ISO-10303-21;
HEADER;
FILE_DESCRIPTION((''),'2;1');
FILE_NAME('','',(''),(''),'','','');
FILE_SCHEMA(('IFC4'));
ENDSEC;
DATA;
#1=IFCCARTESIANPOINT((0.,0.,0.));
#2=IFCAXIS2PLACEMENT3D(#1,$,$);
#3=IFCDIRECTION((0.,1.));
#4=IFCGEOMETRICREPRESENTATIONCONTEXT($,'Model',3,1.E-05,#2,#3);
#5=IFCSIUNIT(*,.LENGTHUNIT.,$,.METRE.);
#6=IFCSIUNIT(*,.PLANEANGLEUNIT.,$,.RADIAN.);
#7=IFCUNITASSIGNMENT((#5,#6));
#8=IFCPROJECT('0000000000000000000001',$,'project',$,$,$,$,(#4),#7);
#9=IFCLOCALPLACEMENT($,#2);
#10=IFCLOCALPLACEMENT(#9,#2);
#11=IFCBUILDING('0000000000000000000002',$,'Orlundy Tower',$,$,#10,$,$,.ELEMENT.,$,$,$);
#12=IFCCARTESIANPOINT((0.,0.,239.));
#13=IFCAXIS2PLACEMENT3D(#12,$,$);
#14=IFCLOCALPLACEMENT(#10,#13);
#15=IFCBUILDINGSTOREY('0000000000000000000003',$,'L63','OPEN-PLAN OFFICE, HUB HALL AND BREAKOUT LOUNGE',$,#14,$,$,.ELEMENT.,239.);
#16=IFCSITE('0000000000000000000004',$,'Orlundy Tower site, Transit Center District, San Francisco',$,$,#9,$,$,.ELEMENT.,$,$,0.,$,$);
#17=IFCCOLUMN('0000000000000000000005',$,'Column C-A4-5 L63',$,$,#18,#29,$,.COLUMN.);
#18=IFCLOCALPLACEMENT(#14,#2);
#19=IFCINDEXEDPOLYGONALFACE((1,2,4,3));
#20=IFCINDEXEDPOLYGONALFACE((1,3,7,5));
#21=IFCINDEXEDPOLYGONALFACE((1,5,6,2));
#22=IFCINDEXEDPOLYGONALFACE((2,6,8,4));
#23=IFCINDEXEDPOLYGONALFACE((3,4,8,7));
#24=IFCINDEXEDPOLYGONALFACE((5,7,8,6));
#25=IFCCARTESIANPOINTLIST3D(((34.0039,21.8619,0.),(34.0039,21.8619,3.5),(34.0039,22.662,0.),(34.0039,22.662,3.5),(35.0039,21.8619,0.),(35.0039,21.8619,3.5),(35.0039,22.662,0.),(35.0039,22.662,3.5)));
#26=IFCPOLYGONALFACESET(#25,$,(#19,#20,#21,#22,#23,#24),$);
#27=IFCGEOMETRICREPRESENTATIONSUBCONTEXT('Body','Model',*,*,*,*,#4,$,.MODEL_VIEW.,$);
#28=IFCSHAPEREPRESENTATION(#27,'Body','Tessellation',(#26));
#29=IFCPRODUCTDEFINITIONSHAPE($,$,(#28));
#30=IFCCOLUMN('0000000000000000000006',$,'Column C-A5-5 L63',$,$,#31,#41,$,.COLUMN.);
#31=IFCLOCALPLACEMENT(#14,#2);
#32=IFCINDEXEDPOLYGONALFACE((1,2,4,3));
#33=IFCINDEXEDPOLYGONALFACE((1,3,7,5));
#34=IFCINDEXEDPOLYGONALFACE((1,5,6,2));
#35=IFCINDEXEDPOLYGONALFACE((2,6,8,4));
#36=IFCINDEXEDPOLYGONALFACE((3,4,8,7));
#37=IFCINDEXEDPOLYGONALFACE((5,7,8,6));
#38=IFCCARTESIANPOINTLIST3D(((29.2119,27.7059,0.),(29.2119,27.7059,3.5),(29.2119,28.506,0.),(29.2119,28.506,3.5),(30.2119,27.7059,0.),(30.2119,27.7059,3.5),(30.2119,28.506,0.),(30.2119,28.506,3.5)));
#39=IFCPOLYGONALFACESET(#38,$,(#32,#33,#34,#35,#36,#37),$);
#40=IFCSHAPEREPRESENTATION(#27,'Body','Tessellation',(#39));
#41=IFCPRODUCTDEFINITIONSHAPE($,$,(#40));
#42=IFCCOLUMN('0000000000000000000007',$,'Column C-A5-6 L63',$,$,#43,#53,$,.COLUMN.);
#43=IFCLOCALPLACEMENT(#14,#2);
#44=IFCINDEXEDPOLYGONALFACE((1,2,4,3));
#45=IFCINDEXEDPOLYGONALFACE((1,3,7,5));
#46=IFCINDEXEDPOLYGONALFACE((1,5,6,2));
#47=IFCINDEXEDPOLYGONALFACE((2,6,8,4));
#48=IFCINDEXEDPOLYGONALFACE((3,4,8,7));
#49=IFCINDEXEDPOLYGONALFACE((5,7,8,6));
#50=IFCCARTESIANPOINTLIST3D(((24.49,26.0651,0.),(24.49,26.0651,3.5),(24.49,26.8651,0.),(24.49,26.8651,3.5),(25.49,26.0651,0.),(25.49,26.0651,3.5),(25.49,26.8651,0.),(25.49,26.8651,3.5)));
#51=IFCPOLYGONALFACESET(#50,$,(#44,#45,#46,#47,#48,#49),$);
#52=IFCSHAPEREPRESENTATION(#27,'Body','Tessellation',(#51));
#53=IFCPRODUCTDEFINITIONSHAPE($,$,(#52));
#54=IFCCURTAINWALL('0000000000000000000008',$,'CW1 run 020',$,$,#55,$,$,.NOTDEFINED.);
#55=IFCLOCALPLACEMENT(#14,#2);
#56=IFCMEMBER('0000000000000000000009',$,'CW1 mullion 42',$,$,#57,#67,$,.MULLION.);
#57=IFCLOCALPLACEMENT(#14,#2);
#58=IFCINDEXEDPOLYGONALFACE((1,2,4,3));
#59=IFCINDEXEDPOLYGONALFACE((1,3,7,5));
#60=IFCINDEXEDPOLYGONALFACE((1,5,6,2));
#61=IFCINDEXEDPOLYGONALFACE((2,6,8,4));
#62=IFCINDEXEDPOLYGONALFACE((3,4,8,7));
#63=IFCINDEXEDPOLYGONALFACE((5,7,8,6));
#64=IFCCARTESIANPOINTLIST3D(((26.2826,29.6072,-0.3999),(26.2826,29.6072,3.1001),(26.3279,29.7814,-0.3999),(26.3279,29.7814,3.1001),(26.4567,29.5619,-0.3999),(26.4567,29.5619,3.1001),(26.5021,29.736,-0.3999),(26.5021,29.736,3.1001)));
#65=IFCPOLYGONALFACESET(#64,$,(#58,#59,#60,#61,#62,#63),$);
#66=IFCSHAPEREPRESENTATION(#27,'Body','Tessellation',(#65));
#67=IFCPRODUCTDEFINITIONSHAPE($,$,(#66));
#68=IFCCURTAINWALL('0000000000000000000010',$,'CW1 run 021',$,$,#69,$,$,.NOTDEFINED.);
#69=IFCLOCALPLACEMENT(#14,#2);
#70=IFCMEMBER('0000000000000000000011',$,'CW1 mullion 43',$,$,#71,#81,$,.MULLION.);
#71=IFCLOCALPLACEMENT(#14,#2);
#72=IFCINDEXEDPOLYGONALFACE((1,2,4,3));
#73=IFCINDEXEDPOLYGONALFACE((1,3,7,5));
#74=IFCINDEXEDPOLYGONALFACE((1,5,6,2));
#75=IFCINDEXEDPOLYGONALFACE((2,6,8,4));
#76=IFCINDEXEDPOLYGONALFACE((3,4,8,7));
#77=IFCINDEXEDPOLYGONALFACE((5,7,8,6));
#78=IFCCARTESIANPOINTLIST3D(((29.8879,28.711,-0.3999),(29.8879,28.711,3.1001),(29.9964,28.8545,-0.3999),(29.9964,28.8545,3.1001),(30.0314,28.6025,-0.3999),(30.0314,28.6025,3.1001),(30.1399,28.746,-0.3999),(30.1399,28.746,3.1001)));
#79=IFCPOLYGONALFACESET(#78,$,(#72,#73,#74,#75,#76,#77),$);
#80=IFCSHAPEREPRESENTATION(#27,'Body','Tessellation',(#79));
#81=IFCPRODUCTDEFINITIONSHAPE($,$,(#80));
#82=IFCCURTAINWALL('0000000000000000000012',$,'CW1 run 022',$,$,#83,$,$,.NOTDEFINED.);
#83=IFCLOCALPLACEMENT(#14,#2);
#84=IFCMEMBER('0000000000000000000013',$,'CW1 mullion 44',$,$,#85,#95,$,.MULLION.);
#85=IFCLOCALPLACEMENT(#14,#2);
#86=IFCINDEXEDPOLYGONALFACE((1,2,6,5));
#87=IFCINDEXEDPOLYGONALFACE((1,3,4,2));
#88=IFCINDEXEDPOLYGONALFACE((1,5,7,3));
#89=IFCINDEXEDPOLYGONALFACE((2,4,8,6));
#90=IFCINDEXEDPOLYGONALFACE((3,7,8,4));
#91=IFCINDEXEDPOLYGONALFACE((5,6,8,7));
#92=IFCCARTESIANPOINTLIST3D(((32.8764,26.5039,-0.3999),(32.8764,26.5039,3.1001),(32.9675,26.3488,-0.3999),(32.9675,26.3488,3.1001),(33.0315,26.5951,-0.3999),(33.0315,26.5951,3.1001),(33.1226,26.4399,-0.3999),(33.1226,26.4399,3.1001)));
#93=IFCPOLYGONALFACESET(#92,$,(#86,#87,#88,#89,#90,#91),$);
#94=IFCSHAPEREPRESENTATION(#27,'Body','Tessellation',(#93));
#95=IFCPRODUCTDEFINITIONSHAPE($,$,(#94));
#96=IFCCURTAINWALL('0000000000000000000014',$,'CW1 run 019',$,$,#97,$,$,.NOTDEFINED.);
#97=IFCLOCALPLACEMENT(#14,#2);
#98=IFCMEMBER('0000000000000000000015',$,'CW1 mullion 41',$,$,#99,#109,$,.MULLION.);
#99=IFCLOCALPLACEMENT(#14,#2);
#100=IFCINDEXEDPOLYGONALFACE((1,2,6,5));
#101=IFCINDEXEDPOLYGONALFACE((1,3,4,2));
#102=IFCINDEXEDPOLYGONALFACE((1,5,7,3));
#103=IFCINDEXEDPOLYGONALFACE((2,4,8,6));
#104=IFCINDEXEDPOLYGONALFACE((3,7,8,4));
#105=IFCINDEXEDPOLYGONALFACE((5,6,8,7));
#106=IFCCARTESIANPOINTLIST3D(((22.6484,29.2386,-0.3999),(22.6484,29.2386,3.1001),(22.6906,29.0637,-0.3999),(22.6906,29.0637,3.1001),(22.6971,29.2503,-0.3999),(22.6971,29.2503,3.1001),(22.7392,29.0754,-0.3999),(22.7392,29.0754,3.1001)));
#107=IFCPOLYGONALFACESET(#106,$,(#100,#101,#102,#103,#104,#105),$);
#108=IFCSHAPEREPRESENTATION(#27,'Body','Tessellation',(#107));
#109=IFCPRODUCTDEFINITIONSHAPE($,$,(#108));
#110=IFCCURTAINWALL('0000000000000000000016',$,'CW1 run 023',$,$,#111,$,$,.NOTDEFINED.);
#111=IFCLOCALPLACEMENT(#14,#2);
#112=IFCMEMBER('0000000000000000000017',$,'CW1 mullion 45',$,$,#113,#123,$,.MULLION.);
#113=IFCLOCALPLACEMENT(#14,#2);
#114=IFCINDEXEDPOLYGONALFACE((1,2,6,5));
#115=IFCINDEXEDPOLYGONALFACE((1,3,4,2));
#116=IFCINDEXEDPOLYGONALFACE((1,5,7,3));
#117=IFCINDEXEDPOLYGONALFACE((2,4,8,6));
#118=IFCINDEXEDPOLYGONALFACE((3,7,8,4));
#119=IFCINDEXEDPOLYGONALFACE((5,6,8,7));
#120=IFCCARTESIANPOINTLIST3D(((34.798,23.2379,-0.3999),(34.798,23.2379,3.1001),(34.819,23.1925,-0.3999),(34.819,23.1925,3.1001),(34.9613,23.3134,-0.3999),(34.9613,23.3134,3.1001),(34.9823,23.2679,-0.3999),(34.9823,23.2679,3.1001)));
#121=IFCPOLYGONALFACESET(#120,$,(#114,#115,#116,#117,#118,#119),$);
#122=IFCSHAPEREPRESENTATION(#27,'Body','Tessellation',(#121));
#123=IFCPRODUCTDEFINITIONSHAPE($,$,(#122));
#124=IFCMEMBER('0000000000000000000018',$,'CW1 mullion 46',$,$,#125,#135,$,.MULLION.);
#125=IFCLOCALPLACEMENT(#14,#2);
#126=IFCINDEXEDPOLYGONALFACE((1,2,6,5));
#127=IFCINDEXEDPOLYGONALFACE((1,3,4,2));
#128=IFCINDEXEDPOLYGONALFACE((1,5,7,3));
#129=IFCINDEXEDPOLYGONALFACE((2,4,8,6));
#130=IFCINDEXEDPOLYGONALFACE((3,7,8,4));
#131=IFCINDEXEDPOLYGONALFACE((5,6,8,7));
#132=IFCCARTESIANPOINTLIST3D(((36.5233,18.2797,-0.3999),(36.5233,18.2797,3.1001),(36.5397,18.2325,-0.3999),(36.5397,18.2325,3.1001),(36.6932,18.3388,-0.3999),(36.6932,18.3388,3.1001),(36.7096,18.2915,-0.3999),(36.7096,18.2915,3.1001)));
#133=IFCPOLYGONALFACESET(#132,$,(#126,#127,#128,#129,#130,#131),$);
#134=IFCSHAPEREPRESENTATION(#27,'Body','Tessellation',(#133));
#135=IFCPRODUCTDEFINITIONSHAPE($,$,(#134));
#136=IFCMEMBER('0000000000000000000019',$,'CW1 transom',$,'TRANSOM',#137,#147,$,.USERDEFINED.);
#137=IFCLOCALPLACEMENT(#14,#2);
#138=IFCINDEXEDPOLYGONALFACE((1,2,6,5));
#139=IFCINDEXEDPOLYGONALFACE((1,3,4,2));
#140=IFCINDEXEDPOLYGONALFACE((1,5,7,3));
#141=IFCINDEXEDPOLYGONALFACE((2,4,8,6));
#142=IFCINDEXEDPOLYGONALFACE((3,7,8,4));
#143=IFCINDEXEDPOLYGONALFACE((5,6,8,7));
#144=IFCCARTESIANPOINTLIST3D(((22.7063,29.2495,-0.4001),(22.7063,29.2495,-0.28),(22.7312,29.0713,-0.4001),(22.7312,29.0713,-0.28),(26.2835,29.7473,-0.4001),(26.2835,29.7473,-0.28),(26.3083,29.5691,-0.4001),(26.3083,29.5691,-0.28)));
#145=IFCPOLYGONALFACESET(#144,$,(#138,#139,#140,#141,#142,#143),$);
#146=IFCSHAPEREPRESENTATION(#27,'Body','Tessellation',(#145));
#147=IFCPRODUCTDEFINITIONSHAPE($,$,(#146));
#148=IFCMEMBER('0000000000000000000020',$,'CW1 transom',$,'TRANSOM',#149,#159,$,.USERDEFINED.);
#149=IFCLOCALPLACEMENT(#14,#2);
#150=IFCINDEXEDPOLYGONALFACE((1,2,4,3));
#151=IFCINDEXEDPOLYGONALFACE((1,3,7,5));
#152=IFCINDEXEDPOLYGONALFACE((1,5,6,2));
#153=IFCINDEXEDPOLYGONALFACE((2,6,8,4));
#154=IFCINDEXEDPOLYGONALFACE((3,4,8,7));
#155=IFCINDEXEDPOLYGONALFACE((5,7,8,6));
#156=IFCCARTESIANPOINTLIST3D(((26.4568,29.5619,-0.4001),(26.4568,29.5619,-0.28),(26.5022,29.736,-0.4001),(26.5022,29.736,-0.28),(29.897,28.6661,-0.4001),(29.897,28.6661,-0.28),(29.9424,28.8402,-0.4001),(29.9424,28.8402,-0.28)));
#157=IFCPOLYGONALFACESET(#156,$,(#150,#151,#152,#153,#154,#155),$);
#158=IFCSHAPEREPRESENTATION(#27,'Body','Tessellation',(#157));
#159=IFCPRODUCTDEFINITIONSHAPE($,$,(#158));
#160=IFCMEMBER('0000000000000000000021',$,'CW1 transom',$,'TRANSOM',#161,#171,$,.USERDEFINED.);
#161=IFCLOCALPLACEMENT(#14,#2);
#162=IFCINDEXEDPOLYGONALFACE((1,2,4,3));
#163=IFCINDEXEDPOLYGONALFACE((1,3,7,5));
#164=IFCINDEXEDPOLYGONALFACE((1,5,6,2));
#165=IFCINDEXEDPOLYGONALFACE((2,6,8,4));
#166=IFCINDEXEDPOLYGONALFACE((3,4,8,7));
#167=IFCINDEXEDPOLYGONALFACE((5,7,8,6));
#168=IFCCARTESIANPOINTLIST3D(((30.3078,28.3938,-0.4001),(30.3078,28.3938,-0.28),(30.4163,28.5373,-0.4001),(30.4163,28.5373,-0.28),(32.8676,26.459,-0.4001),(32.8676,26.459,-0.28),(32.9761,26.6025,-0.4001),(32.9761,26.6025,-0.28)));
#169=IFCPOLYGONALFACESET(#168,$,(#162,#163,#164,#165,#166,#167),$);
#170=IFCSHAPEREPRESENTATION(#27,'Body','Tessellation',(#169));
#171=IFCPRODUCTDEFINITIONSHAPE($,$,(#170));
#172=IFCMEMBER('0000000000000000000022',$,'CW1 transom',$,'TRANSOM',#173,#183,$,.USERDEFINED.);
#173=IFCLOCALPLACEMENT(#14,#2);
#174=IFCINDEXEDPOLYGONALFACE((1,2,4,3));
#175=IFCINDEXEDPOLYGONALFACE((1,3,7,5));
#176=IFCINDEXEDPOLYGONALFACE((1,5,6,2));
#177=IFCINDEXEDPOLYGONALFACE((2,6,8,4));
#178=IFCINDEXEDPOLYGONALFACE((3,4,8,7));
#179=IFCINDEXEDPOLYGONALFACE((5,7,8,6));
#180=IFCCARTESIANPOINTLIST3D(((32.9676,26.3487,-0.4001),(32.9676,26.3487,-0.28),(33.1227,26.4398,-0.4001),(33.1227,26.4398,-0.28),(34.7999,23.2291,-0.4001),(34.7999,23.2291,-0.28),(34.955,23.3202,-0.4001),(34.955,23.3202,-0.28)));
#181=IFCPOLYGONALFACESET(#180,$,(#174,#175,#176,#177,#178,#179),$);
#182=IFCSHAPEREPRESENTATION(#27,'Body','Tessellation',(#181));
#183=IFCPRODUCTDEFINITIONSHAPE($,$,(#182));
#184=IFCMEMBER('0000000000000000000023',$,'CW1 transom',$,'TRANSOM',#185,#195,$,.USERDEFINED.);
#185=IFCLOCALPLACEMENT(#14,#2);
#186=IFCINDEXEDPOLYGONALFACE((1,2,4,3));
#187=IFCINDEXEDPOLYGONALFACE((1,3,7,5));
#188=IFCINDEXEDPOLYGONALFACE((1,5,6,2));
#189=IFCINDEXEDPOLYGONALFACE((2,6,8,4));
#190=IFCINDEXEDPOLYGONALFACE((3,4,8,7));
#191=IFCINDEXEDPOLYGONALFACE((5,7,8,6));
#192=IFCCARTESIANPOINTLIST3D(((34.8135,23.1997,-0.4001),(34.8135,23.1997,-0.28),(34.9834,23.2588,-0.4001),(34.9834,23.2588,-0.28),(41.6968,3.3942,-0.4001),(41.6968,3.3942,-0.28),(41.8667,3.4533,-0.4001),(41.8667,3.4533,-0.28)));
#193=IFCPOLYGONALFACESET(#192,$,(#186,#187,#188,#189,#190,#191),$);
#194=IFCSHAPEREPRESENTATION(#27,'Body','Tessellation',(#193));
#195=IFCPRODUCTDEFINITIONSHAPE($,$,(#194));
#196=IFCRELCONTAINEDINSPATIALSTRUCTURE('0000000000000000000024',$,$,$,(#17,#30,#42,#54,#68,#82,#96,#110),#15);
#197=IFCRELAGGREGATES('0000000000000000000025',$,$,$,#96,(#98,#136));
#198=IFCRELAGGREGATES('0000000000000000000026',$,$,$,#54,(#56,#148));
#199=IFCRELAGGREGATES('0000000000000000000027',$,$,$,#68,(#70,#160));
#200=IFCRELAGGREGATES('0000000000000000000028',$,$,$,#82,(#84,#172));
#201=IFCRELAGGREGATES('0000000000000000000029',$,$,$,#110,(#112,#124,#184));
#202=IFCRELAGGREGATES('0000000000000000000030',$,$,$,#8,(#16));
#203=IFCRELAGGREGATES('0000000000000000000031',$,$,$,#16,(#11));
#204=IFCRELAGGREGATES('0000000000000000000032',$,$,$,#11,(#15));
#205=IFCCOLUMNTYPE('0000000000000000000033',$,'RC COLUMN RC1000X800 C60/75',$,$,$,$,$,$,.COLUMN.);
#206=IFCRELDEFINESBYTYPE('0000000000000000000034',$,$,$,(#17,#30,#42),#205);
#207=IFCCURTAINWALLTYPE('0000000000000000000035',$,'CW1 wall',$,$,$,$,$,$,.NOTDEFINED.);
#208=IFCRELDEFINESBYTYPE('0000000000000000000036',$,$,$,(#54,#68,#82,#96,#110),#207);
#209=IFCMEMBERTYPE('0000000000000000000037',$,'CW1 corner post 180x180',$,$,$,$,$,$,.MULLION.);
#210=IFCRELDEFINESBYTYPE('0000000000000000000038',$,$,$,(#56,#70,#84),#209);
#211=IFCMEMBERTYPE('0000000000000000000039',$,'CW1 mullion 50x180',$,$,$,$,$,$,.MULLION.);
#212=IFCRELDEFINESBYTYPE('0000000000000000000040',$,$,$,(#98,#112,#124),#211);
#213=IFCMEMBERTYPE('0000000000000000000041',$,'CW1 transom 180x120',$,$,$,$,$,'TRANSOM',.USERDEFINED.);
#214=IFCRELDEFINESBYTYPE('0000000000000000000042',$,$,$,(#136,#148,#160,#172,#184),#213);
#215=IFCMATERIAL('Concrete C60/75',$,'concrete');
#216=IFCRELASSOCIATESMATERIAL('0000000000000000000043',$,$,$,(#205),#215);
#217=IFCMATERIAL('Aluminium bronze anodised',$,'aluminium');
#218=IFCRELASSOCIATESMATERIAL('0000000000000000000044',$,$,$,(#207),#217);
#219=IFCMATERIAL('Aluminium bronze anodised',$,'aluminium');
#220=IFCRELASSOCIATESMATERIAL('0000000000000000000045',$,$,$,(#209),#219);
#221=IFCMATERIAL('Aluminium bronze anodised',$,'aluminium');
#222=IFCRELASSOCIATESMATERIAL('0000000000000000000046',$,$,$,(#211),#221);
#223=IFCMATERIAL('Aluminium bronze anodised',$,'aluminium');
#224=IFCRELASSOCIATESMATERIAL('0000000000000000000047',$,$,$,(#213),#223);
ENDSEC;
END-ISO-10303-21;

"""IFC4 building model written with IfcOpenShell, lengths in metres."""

from ifc_helpers import new_model, si_unit, direction, frame, origin, origin_2d, place, context, subcontext, project, spatial, rectangle, extrude, material, material_profile, profile_set, type_object, element, aggregate, save


model = new_model("IFC4")

# Units and contexts
model_context = context("Model", 3, precision=1e-05, world=origin(), true_north=direction((0.0, 1.0)))
body_context = subcontext(model_context, "Body", "Model", "MODEL_VIEW")
ifc_project = project(units=[si_unit("LENGTHUNIT", "METRE"), si_unit("PLANEANGLEUNIT", "RADIAN")], contexts=[model_context])

# Site, building, storey
site_placement = place(None, origin())
site = spatial("IfcSite", under=ifc_project, at=site_placement, Name="Orlundy Tower site, Transit Center District, San Francisco", CompositionType="ELEMENT", RefElevation=0.0)
building_placement = place(site_placement, origin())
building = spatial("IfcBuilding", under=site, at=building_placement, Name="Orlundy Tower", CompositionType="ELEMENT")
storey_placement = place(building_placement, frame((0.0, 0.0, 239.0)))
storey = spatial("IfcBuildingStorey", under=building, at=storey_placement, Name="L63", Description="OPEN-PLAN OFFICE, HUB HALL AND BREAKOUT LOUNGE", CompositionType="ELEMENT", Elevation=239.0)

# Columns
ifc_material_1 = material(Name="Concrete C60/75", Category="concrete")
ifc_material_profile_1 = material_profile(ifc_material_1, rectangle(XDim=1.0, YDim=0.8, at=origin_2d()), Name="RC1000X800")
ifc_profile_set_1 = profile_set([ifc_material_profile_1], Name="Concrete C60/75")
column_type = type_object("IfcColumnType", Name="RC COLUMN RC1000X800 C60/75", PredefinedType="COLUMN", material=ifc_profile_set_1)
for number, where, z_axis, x_axis, name in (
    (1, (34.5039, 22.262, 0.0), (0.0, 0.0, 1.0), (1.0, 0.0, 0.0), "Column C-A4-5 L63"),
    (2, (29.7119, 28.106, 0.0), (0.0, 0.0, 1.0), (1.0, 0.0, 0.0), "Column C-A5-5 L63"),
    (3, (24.99, 26.4651, 0.0), (0.0, 0.0, 1.0), (1.0, 0.0, 0.0), "Column C-A5-6 L63"),
):
    element("IfcColumn", number, at=place(storey_placement, frame(where, z_axis=z_axis, x_axis=x_axis)), inside=storey, type_object=column_type, Name=name, PredefinedType="COLUMN", context=body_context, shape_type="SweptSolid", body=[
        extrude(rectangle(XDim=1.0, YDim=0.8, at=origin_2d()), origin(), (0.0, 0.0, 1.0), 3.5),
    ])

# Curtain walls, members
ifc_material_2 = material(Name="Aluminium bronze anodised", Category="aluminium")
curtain_wall_type = type_object("IfcCurtainWallType", Name="CW1 wall", PredefinedType="NOTDEFINED", material=ifc_material_2)
curtain_wall_1_placement = place(storey_placement, origin())
curtain_wall_1 = element("IfcCurtainWall", 4, at=curtain_wall_1_placement, inside=storey, type_object=curtain_wall_type, Name="CW1 run 020", PredefinedType="NOTDEFINED")
ifc_material_3 = material(Name="Aluminium bronze anodised", Category="aluminium")
ifc_material_profile_2 = material_profile(ifc_material_3, rectangle(XDim=0.1799, YDim=0.1799, at=origin_2d()), Name="CW1 corner post 180x180")
ifc_profile_set_2 = profile_set([ifc_material_profile_2], Name="Aluminium bronze anodised")
member_type_1 = type_object("IfcMemberType", Name="CW1 corner post 180x180", PredefinedType="MULLION", material=ifc_profile_set_2)
member_1_placement = place(storey_placement, frame((26.3923, 29.6716, -0.3999), z_axis=(0.0, 0.0, 1.0), x_axis=(0.251983, 0.967732, 0.0)))
member_1 = element("IfcMember", 5, at=member_1_placement, type_object=member_type_1, Name="CW1 mullion 42", PredefinedType="MULLION", context=body_context, shape_type="SweptSolid", body=[
    extrude(rectangle(XDim=0.1799, YDim=0.1799, at=origin_2d()), origin(), (0.0, 0.0, 1.0), 3.5),
])
curtain_wall_2_placement = place(storey_placement, origin())
curtain_wall_2 = element("IfcCurtainWall", 6, at=curtain_wall_2_placement, inside=storey, type_object=curtain_wall_type, Name="CW1 run 021", PredefinedType="NOTDEFINED")
member_2_placement = place(storey_placement, frame((30.0139, 28.7285, -0.3999), z_axis=(0.0, 0.0, 1.0), x_axis=(0.602974, 0.797761, 0.0)))
member_2 = element("IfcMember", 7, at=member_2_placement, type_object=member_type_1, Name="CW1 mullion 43", PredefinedType="MULLION", context=body_context, shape_type="SweptSolid", body=[
    extrude(rectangle(XDim=0.1799, YDim=0.1799, at=origin_2d()), origin(), (0.0, 0.0, 1.0), 3.5),
])
curtain_wall_3_placement = place(storey_placement, origin())
curtain_wall_3 = element("IfcCurtainWall", 8, at=curtain_wall_3_placement, inside=storey, type_object=curtain_wall_type, Name="CW1 run 022", PredefinedType="NOTDEFINED")
member_3_placement = place(storey_placement, frame((32.9995, 26.4719, -0.3999), z_axis=(0.0, 0.0, 1.0), x_axis=(0.862288, 0.506419, 0.0)))
member_3 = element("IfcMember", 9, at=member_3_placement, type_object=member_type_1, Name="CW1 mullion 44", PredefinedType="MULLION", context=body_context, shape_type="SweptSolid", body=[
    extrude(rectangle(XDim=0.1799, YDim=0.1799, at=origin_2d()), origin(), (0.0, 0.0, 1.0), 3.5),
])
curtain_wall_4_placement = place(storey_placement, origin())
curtain_wall_4 = element("IfcCurtainWall", 10, at=curtain_wall_4_placement, inside=storey, type_object=curtain_wall_type, Name="CW1 run 019", PredefinedType="NOTDEFINED")
ifc_material_4 = material(Name="Aluminium bronze anodised", Category="aluminium")
ifc_material_profile_3 = material_profile(ifc_material_4, rectangle(XDim=0.1799, YDim=0.05, at=origin_2d()), Name="CW1 mullion 50x180")
ifc_profile_set_3 = profile_set([ifc_material_profile_3], Name="Aluminium bronze anodised")
member_type_2 = type_object("IfcMemberType", Name="CW1 mullion 50x180", PredefinedType="MULLION", material=ifc_profile_set_3)
member_4_placement = place(storey_placement, frame((22.6938, 29.157, -0.3999), z_axis=(0.0, 0.0, 1.0), x_axis=(-0.234192, 0.97219, 0.0)))
member_4 = element("IfcMember", 11, at=member_4_placement, type_object=member_type_2, Name="CW1 mullion 41", PredefinedType="MULLION", context=body_context, shape_type="SweptSolid", body=[
    extrude(rectangle(XDim=0.1799, YDim=0.05, at=origin_2d()), origin(), (0.0, 0.0, 1.0), 3.5),
])

# Curtain wall, members
curtain_wall_5_placement = place(storey_placement, origin())
curtain_wall_5 = element("IfcCurtainWall", 12, at=curtain_wall_5_placement, inside=storey, type_object=curtain_wall_type, Name="CW1 run 023", PredefinedType="NOTDEFINED")
member_5_placement = place(storey_placement, frame((34.8901, 23.2529, -0.3999), z_axis=(0.0, 0.0, 1.0), x_axis=(0.907812, 0.419377, 0.0)))
member_5 = element("IfcMember", 13, at=member_5_placement, type_object=member_type_2, Name="CW1 mullion 45", PredefinedType="MULLION", context=body_context, shape_type="SweptSolid", body=[
    extrude(rectangle(XDim=0.1799, YDim=0.05, at=origin_2d()), origin(), (0.0, 0.0, 1.0), 3.5),
])
member_6_placement = place(storey_placement, frame((36.6165, 18.2856, -0.3999), z_axis=(0.0, 0.0, 1.0), x_axis=(0.944578, 0.328288, 0.0)))
member_6 = element("IfcMember", 14, at=member_6_placement, type_object=member_type_2, Name="CW1 mullion 46", PredefinedType="MULLION", context=body_context, shape_type="SweptSolid", body=[
    extrude(rectangle(XDim=0.1799, YDim=0.05, at=origin_2d()), origin(), (0.0, 0.0, 1.0), 3.5),
])

# Members
ifc_material_5 = material(Name="Aluminium bronze anodised", Category="aluminium")
ifc_material_profile_4 = material_profile(ifc_material_5, rectangle(XDim=0.1799, YDim=0.1201, at=origin_2d()), Name="CW1 transom 180x120")
ifc_profile_set_4 = profile_set([ifc_material_profile_4], Name="Aluminium bronze anodised")
member_type_3 = type_object("IfcMemberType", Name="CW1 transom 180x120", ElementType="TRANSOM", PredefinedType="USERDEFINED", material=ifc_profile_set_4)
member_7_placement = place(storey_placement, frame((22.7188, 29.1604, -0.3401), z_axis=(0.990455, 0.137834, 0.0), x_axis=(-0.137834, 0.990455, 0.0)))
member_7 = element("IfcMember", 15, at=member_7_placement, type_object=member_type_3, Name="CW1 transom", ObjectType="TRANSOM", PredefinedType="USERDEFINED", context=body_context, shape_type="SweptSolid", body=[
    extrude(rectangle(XDim=0.1799, YDim=0.1201, at=origin_2d()), origin(), (0.0, 0.0, 1.0), 3.6116),
])
member_8_placement = place(storey_placement, frame((26.4795, 29.6489, -0.3401), z_axis=(0.967733, -0.251977, 0.0), x_axis=(0.251977, 0.967733, 0.0)))
member_8 = element("IfcMember", 16, at=member_8_placement, type_object=member_type_3, Name="CW1 transom", ObjectType="TRANSOM", PredefinedType="USERDEFINED", context=body_context, shape_type="SweptSolid", body=[
    extrude(rectangle(XDim=0.1799, YDim=0.1201, at=origin_2d()), origin(), (0.0, 0.0, 1.0), 3.5549),
])
member_9_placement = place(storey_placement, frame((30.3621, 28.4656, -0.3401), z_axis=(0.797758, -0.602978, 0.0), x_axis=(0.602978, 0.797758, 0.0)))
member_9 = element("IfcMember", 17, at=member_9_placement, type_object=member_type_3, Name="CW1 transom", ObjectType="TRANSOM", PredefinedType="USERDEFINED", context=body_context, shape_type="SweptSolid", body=[
    extrude(rectangle(XDim=0.1799, YDim=0.1201, at=origin_2d()), origin(), (0.0, 0.0, 1.0), 3.2087),
])
member_10_placement = place(storey_placement, frame((33.0452, 26.3943, -0.3401), z_axis=(0.506445, -0.862272, 0.0), x_axis=(0.862272, 0.506445, 0.0)))
member_10 = element("IfcMember", 18, at=member_10_placement, type_object=member_type_3, Name="CW1 transom", ObjectType="TRANSOM", PredefinedType="USERDEFINED", context=body_context, shape_type="SweptSolid", body=[
    extrude(rectangle(XDim=0.1799, YDim=0.1201, at=origin_2d()), origin(), (0.0, 0.0, 1.0), 3.6179),
])
member_11_placement = place(storey_placement, frame((34.8984, 23.2292, -0.3401), z_axis=(0.328285, -0.944579, 0.0), x_axis=(0.944579, 0.328285, 0.0)))
member_11 = element("IfcMember", 19, at=member_11_placement, type_object=member_type_3, Name="CW1 transom", ObjectType="TRANSOM", PredefinedType="USERDEFINED", context=body_context, shape_type="SweptSolid", body=[
    extrude(rectangle(XDim=0.1799, YDim=0.1201, at=origin_2d()), origin(), (0.0, 0.0, 1.0), 20.9675),
])

aggregate(curtain_wall_4, [member_4, member_7])
aggregate(curtain_wall_1, [member_1, member_8])
aggregate(curtain_wall_2, [member_2, member_9])
aggregate(curtain_wall_3, [member_3, member_10])
aggregate(curtain_wall_5, [member_5, member_6, member_11])

save(model, "model.ifc")
